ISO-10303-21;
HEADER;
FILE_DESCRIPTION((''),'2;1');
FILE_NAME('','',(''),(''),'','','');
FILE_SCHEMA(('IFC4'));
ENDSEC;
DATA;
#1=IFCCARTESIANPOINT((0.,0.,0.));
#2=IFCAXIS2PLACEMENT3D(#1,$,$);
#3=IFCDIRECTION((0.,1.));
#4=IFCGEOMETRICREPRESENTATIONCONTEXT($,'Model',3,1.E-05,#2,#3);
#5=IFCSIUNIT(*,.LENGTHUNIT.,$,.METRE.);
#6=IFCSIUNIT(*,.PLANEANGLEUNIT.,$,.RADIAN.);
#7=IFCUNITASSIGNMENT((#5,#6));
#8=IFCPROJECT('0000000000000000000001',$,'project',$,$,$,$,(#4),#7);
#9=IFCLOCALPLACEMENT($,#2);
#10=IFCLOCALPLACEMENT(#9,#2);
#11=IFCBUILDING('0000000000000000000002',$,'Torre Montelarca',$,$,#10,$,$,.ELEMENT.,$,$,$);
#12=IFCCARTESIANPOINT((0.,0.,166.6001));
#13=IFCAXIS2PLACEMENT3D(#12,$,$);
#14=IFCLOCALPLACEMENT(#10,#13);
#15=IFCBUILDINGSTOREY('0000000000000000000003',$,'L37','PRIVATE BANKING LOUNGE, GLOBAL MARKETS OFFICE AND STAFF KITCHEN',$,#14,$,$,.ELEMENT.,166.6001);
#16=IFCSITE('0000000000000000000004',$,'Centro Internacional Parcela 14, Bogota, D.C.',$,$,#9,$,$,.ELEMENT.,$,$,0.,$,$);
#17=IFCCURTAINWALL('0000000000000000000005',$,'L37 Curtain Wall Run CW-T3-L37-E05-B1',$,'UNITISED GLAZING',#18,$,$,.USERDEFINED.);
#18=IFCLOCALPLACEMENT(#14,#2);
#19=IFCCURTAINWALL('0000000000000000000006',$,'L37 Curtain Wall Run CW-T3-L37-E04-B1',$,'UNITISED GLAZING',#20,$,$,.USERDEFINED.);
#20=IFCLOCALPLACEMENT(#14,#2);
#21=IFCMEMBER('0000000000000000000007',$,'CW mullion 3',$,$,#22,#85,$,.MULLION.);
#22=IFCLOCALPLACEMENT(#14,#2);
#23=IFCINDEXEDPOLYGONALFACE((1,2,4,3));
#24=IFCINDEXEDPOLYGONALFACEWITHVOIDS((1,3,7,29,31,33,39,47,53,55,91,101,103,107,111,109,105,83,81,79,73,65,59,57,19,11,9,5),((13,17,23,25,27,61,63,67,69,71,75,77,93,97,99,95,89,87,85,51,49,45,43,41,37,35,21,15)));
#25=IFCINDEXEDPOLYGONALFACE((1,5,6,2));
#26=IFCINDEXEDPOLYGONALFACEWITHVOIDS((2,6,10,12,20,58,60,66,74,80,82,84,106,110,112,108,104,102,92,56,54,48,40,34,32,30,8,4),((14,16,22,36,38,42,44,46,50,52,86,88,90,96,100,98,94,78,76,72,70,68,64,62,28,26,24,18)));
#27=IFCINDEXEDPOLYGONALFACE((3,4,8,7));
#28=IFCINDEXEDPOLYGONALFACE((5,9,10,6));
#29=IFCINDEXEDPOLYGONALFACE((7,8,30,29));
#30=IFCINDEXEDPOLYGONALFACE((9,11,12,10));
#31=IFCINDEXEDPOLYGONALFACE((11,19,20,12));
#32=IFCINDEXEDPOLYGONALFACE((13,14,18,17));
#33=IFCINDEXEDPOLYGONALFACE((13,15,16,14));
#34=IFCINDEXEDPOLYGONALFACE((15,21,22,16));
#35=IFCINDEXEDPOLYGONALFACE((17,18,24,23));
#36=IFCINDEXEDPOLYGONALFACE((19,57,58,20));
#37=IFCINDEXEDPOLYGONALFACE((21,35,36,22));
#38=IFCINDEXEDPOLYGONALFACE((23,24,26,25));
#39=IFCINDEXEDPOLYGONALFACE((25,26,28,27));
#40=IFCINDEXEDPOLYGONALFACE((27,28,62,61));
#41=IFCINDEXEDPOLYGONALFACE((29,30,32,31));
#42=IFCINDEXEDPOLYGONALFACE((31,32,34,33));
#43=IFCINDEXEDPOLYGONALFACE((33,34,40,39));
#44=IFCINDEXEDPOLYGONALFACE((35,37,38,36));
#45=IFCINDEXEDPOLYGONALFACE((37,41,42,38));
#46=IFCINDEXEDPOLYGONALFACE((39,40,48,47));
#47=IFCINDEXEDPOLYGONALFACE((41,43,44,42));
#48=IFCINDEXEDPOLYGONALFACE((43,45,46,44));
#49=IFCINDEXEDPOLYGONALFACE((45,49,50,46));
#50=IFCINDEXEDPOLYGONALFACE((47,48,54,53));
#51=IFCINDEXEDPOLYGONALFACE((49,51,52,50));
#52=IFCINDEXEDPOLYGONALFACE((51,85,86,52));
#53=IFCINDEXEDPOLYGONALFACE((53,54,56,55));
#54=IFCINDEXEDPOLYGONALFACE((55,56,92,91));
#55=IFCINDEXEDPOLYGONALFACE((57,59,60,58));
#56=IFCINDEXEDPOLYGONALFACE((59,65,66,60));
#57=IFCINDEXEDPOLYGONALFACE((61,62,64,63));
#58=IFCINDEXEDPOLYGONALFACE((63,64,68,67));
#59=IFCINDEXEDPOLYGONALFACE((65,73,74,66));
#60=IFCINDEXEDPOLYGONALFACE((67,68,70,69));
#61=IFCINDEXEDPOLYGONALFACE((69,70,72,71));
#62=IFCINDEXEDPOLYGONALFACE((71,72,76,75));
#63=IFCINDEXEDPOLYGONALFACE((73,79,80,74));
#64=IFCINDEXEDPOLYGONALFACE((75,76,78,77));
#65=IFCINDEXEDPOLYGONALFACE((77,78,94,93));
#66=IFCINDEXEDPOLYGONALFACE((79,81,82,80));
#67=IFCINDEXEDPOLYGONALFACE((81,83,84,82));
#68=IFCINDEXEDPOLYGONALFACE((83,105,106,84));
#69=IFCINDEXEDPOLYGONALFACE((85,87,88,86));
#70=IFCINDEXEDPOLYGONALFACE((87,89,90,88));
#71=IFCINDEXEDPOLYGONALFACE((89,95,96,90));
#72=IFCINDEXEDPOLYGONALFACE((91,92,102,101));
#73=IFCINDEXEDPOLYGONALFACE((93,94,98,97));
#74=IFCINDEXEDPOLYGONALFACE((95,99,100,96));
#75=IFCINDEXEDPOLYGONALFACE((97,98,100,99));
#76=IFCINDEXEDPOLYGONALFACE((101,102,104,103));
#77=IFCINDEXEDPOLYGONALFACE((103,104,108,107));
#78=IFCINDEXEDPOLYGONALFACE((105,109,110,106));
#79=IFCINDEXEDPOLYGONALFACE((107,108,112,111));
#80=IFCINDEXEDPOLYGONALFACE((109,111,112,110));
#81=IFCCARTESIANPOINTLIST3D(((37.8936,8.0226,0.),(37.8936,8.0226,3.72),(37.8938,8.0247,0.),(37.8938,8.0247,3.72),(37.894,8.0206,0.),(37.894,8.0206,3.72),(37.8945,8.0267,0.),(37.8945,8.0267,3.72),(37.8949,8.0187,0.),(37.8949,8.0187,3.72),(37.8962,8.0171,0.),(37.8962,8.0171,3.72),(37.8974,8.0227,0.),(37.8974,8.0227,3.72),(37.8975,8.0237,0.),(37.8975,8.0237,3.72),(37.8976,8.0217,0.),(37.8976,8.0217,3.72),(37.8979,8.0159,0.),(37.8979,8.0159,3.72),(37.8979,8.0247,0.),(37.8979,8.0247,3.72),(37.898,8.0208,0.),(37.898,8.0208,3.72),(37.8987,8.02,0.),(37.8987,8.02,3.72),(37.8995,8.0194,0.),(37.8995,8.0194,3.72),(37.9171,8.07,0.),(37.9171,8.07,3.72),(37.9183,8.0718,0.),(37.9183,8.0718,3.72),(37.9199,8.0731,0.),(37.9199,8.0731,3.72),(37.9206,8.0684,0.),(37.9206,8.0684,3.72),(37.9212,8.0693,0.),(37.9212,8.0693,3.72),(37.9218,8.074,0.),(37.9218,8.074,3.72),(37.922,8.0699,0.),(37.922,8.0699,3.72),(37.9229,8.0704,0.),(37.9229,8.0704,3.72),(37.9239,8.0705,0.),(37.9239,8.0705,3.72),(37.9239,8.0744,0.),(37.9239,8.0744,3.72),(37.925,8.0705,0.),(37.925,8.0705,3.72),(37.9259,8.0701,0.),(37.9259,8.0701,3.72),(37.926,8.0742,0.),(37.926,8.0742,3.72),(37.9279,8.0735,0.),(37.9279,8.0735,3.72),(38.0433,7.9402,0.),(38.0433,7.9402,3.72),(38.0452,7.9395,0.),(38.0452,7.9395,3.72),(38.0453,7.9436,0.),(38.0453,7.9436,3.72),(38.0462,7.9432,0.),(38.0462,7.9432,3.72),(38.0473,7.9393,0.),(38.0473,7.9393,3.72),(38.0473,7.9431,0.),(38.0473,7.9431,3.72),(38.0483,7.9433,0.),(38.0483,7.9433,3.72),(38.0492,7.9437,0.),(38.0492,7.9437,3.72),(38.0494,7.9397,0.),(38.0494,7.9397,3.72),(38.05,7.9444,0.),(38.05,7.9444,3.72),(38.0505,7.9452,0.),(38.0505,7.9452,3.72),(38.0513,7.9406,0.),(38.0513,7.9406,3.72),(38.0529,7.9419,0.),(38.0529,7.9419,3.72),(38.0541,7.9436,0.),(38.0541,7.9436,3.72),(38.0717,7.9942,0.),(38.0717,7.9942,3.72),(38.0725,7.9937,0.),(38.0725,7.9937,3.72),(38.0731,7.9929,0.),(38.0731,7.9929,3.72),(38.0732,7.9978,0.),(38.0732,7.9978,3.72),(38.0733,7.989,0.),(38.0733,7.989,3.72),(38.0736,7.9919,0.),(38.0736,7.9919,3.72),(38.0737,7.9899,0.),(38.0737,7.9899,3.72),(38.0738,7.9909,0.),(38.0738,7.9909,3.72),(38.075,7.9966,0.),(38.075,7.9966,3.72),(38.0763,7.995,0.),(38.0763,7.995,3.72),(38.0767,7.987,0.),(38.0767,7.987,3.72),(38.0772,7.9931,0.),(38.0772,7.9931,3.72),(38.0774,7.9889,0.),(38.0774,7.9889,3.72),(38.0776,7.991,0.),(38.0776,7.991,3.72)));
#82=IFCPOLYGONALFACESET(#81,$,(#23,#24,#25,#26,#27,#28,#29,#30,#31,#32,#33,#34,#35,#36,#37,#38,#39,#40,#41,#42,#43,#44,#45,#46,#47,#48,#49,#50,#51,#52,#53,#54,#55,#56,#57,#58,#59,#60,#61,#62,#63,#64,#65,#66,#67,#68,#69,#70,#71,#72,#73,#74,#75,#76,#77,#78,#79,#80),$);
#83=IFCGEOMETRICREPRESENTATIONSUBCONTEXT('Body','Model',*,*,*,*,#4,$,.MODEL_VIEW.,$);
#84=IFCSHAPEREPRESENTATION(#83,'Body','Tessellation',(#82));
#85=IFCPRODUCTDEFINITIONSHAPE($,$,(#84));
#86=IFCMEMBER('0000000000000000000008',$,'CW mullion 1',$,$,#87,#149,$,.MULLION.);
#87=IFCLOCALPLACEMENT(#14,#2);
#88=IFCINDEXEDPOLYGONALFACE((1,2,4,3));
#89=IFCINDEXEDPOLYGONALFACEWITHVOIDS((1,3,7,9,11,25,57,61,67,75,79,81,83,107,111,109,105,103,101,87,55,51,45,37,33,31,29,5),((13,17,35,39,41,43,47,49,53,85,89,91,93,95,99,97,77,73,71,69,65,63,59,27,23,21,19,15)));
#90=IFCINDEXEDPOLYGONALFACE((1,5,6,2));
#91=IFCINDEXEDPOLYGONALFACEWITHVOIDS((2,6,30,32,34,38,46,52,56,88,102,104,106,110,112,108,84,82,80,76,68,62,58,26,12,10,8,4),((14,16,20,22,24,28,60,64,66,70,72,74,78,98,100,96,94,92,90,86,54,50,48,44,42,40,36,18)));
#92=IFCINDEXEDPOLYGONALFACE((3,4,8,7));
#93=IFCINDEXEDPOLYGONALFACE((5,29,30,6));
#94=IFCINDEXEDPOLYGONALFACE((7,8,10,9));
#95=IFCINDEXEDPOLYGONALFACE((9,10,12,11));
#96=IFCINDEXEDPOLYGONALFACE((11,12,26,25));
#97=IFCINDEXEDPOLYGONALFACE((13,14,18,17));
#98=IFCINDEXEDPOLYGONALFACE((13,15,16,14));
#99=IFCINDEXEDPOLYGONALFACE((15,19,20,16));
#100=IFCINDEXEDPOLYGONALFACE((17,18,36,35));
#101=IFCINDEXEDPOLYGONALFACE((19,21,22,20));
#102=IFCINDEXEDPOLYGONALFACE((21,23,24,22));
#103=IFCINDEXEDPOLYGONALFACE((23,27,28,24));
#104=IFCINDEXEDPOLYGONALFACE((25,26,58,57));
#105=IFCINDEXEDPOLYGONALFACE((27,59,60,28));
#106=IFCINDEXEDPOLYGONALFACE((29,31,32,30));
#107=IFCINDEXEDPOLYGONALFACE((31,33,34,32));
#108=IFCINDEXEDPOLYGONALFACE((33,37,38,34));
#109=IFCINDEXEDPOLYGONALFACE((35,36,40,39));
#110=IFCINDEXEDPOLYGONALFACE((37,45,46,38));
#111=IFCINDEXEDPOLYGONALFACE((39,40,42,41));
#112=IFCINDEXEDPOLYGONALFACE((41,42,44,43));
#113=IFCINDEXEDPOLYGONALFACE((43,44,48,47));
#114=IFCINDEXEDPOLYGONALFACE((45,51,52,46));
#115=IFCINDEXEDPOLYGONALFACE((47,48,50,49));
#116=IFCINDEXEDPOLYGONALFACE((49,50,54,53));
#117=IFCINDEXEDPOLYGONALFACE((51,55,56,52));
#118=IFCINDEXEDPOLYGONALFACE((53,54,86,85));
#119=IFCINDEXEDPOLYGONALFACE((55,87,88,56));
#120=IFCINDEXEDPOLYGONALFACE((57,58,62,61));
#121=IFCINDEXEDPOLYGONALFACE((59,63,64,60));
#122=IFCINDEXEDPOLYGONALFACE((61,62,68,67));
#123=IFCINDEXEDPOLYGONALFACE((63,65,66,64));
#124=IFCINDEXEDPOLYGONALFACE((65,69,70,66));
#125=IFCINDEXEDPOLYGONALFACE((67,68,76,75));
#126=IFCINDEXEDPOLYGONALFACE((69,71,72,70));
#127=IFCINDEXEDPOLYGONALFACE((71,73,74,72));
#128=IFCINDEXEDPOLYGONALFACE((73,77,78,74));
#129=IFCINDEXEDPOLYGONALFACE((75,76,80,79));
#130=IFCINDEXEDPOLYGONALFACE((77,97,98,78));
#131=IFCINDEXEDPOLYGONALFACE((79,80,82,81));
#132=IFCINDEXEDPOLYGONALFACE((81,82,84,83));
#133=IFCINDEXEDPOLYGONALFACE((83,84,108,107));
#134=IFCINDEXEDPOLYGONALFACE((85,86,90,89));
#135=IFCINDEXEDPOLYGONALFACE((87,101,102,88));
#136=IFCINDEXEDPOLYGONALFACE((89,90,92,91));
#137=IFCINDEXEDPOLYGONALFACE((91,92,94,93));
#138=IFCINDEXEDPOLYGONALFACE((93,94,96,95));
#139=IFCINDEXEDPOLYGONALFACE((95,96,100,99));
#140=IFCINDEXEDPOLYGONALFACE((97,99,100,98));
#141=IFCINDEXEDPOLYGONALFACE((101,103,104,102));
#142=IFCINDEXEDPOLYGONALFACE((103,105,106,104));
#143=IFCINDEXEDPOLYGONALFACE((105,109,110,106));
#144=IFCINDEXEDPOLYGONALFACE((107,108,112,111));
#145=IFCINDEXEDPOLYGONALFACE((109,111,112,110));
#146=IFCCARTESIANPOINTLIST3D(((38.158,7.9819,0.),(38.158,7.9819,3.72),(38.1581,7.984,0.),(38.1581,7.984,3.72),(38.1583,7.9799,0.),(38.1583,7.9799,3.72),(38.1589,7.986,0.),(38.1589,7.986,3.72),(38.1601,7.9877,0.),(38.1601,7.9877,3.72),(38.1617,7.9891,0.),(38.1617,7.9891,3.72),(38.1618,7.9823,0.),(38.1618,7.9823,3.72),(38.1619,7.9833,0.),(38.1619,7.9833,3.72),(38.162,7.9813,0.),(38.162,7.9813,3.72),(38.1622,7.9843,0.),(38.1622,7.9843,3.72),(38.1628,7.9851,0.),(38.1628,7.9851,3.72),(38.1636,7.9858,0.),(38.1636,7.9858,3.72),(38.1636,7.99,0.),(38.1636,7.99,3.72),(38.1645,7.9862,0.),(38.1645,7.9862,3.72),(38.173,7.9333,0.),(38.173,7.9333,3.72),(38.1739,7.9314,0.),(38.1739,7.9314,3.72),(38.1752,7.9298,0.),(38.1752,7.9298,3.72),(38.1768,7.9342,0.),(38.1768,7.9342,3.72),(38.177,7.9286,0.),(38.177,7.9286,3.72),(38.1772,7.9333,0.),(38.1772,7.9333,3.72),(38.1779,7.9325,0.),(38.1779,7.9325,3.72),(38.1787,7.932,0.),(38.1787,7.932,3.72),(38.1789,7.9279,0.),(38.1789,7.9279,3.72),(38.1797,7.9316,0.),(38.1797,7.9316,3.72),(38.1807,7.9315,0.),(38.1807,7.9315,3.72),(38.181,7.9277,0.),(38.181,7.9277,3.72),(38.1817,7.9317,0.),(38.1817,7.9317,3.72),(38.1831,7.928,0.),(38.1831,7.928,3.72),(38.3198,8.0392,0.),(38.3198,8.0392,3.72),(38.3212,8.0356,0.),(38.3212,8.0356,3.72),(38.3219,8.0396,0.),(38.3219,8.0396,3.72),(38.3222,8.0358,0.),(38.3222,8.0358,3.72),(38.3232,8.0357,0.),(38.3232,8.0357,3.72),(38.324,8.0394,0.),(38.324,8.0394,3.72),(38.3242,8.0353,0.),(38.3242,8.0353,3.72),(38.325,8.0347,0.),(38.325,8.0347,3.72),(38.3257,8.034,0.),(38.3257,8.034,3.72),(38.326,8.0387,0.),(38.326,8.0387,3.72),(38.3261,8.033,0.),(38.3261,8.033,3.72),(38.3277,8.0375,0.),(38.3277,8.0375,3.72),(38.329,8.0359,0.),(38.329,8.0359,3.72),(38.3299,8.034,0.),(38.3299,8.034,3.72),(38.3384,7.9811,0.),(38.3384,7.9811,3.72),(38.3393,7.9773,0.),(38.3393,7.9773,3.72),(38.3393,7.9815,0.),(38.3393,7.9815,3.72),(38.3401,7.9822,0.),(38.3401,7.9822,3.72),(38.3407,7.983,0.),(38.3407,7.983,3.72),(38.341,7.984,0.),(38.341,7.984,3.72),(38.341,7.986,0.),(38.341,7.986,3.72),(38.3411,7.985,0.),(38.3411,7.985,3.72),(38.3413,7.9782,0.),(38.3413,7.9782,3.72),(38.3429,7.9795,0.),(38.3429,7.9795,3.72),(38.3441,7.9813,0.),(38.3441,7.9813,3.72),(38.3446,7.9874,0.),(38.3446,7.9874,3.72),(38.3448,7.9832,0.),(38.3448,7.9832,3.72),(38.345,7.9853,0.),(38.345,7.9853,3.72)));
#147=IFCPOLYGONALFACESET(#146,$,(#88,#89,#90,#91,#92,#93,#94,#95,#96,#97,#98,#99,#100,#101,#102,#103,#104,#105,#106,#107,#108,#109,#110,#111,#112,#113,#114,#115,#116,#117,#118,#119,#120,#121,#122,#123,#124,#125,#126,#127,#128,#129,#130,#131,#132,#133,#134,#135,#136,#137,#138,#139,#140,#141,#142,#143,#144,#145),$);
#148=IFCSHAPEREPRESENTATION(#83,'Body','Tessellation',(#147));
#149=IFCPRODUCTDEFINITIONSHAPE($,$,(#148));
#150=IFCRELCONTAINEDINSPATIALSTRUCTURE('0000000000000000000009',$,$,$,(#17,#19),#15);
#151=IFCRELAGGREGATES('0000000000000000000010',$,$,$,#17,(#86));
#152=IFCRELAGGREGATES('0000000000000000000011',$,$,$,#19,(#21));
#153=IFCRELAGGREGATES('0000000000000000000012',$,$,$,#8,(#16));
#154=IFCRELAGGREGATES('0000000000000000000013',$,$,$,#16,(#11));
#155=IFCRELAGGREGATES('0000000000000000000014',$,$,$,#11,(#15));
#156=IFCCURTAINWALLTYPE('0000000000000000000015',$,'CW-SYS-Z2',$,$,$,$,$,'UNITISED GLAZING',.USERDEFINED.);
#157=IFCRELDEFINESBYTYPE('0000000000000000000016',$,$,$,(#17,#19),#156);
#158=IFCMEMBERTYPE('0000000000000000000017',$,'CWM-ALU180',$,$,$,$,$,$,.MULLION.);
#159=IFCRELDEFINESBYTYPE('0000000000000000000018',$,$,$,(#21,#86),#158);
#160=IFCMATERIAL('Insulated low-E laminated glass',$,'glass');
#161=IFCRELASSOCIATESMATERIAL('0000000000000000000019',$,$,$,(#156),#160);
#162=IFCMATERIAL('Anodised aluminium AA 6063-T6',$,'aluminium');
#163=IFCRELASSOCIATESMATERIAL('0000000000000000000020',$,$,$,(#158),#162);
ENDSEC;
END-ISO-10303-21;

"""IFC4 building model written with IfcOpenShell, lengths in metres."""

from ifc_helpers import new_model, si_unit, direction, frame, origin, origin_2d, place, context, subcontext, project, spatial, hollow_rectangle, extrude, source, transform, mapped, material, material_profile, profile_set, type_object, element, aggregate, save


model = new_model("IFC4")

# Units and contexts
model_context = context("Model", 3, precision=1e-05, world=origin(), true_north=direction((0.0, 1.0)))
body_context = subcontext(model_context, "Body", "Model", "MODEL_VIEW")
ifc_project = project(units=[si_unit("LENGTHUNIT", "METRE"), si_unit("PLANEANGLEUNIT", "RADIAN")], contexts=[model_context])

# Site, building, storey
site_placement = place(None, origin())
site = spatial("IfcSite", under=ifc_project, at=site_placement, Name="Centro Internacional Parcela 14, Bogota, D.C.", CompositionType="ELEMENT", RefElevation=0.0)
building_placement = place(site_placement, origin())
building = spatial("IfcBuilding", under=site, at=building_placement, Name="Torre Montelarca", CompositionType="ELEMENT")
storey_placement = place(building_placement, frame((0.0, 0.0, 166.6001)))
storey = spatial("IfcBuildingStorey", under=building, at=storey_placement, Name="L37", Description="PRIVATE BANKING LOUNGE, GLOBAL MARKETS OFFICE AND STAFF KITCHEN", CompositionType="ELEMENT", Elevation=166.6001)

# Curtain wall
ifc_material_1 = material(Name="Insulated low-E laminated glass", Category="glass")
curtain_wall_type = type_object("IfcCurtainWallType", Name="CW-SYS-Z2", ElementType="UNITISED GLAZING", PredefinedType="USERDEFINED", material=ifc_material_1)
curtain_wall_1_placement = place(storey_placement, origin())
curtain_wall_1 = element("IfcCurtainWall", 1, at=curtain_wall_1_placement, inside=storey, type_object=curtain_wall_type, Name="L37 Curtain Wall Run CW-T3-L37-E05-B1", ObjectType="UNITISED GLAZING", PredefinedType="USERDEFINED")
ifc_material_2 = material(Name="Anodised aluminium AA 6063-T6", Category="aluminium")

# Curtain wall, member
curtain_wall_2_placement = place(storey_placement, origin())
curtain_wall_2 = element("IfcCurtainWall", 2, at=curtain_wall_2_placement, inside=storey, type_object=curtain_wall_type, Name="L37 Curtain Wall Run CW-T3-L37-E04-B1", ObjectType="UNITISED GLAZING", PredefinedType="USERDEFINED")
ifc_material_profile_1 = material_profile(ifc_material_2, hollow_rectangle(XDim=0.0649, YDim=0.1799, WallThickness=0.0039, InnerFilletRadius=0.0039, OuterFilletRadius=0.0081, at=origin_2d()), Name="ALU65X180X4", Category="aluminium")
ifc_profile_set_1 = profile_set([ifc_material_profile_1], Name="Anodised aluminium AA 6063-T6")
member_type_1 = type_object("IfcMemberType", Name="CWM-ALU180", PredefinedType="MULLION", material=ifc_profile_set_1)
shared_shape_1 = source(origin(), body_context, "Body", "SweptSolid", [
    extrude(hollow_rectangle(XDim=0.0649, YDim=0.1799, WallThickness=0.0039, InnerFilletRadius=0.0039, OuterFilletRadius=0.0081, at=origin_2d()), origin(), (0.0, 0.0, 1.0), 3.72),
])
member_1_placement = place(storey_placement, frame((37.9856, 8.0068, 0.0), z_axis=(0.0, 0.0, 1.0), x_axis=(0.461744, 0.887013, 0.0)))
member_1 = element("IfcMember", 3, at=member_1_placement, type_object=member_type_1, Name="CW mullion 3", PredefinedType="MULLION", context=body_context, shape_type="MappedRepresentation", body=[
    mapped(shared_shape_1, transform((0.0, 0.0, 0.0), scale=1.0)),
])

# Member
member_2_placement = place(storey_placement, frame((38.2515, 7.9836, 0.0), z_axis=(0.0, 0.0, 1.0), x_axis=(-0.300679, 0.953725, 0.0)))
member_2 = element("IfcMember", 4, at=member_2_placement, type_object=member_type_1, Name="CW mullion 1", PredefinedType="MULLION", context=body_context, shape_type="MappedRepresentation", body=[
    mapped(shared_shape_1, transform((0.0, 0.0, 0.0), scale=1.0)),
])

aggregate(curtain_wall_1, [member_2])
aggregate(curtain_wall_2, [member_1])

save(model, "model.ifc")
